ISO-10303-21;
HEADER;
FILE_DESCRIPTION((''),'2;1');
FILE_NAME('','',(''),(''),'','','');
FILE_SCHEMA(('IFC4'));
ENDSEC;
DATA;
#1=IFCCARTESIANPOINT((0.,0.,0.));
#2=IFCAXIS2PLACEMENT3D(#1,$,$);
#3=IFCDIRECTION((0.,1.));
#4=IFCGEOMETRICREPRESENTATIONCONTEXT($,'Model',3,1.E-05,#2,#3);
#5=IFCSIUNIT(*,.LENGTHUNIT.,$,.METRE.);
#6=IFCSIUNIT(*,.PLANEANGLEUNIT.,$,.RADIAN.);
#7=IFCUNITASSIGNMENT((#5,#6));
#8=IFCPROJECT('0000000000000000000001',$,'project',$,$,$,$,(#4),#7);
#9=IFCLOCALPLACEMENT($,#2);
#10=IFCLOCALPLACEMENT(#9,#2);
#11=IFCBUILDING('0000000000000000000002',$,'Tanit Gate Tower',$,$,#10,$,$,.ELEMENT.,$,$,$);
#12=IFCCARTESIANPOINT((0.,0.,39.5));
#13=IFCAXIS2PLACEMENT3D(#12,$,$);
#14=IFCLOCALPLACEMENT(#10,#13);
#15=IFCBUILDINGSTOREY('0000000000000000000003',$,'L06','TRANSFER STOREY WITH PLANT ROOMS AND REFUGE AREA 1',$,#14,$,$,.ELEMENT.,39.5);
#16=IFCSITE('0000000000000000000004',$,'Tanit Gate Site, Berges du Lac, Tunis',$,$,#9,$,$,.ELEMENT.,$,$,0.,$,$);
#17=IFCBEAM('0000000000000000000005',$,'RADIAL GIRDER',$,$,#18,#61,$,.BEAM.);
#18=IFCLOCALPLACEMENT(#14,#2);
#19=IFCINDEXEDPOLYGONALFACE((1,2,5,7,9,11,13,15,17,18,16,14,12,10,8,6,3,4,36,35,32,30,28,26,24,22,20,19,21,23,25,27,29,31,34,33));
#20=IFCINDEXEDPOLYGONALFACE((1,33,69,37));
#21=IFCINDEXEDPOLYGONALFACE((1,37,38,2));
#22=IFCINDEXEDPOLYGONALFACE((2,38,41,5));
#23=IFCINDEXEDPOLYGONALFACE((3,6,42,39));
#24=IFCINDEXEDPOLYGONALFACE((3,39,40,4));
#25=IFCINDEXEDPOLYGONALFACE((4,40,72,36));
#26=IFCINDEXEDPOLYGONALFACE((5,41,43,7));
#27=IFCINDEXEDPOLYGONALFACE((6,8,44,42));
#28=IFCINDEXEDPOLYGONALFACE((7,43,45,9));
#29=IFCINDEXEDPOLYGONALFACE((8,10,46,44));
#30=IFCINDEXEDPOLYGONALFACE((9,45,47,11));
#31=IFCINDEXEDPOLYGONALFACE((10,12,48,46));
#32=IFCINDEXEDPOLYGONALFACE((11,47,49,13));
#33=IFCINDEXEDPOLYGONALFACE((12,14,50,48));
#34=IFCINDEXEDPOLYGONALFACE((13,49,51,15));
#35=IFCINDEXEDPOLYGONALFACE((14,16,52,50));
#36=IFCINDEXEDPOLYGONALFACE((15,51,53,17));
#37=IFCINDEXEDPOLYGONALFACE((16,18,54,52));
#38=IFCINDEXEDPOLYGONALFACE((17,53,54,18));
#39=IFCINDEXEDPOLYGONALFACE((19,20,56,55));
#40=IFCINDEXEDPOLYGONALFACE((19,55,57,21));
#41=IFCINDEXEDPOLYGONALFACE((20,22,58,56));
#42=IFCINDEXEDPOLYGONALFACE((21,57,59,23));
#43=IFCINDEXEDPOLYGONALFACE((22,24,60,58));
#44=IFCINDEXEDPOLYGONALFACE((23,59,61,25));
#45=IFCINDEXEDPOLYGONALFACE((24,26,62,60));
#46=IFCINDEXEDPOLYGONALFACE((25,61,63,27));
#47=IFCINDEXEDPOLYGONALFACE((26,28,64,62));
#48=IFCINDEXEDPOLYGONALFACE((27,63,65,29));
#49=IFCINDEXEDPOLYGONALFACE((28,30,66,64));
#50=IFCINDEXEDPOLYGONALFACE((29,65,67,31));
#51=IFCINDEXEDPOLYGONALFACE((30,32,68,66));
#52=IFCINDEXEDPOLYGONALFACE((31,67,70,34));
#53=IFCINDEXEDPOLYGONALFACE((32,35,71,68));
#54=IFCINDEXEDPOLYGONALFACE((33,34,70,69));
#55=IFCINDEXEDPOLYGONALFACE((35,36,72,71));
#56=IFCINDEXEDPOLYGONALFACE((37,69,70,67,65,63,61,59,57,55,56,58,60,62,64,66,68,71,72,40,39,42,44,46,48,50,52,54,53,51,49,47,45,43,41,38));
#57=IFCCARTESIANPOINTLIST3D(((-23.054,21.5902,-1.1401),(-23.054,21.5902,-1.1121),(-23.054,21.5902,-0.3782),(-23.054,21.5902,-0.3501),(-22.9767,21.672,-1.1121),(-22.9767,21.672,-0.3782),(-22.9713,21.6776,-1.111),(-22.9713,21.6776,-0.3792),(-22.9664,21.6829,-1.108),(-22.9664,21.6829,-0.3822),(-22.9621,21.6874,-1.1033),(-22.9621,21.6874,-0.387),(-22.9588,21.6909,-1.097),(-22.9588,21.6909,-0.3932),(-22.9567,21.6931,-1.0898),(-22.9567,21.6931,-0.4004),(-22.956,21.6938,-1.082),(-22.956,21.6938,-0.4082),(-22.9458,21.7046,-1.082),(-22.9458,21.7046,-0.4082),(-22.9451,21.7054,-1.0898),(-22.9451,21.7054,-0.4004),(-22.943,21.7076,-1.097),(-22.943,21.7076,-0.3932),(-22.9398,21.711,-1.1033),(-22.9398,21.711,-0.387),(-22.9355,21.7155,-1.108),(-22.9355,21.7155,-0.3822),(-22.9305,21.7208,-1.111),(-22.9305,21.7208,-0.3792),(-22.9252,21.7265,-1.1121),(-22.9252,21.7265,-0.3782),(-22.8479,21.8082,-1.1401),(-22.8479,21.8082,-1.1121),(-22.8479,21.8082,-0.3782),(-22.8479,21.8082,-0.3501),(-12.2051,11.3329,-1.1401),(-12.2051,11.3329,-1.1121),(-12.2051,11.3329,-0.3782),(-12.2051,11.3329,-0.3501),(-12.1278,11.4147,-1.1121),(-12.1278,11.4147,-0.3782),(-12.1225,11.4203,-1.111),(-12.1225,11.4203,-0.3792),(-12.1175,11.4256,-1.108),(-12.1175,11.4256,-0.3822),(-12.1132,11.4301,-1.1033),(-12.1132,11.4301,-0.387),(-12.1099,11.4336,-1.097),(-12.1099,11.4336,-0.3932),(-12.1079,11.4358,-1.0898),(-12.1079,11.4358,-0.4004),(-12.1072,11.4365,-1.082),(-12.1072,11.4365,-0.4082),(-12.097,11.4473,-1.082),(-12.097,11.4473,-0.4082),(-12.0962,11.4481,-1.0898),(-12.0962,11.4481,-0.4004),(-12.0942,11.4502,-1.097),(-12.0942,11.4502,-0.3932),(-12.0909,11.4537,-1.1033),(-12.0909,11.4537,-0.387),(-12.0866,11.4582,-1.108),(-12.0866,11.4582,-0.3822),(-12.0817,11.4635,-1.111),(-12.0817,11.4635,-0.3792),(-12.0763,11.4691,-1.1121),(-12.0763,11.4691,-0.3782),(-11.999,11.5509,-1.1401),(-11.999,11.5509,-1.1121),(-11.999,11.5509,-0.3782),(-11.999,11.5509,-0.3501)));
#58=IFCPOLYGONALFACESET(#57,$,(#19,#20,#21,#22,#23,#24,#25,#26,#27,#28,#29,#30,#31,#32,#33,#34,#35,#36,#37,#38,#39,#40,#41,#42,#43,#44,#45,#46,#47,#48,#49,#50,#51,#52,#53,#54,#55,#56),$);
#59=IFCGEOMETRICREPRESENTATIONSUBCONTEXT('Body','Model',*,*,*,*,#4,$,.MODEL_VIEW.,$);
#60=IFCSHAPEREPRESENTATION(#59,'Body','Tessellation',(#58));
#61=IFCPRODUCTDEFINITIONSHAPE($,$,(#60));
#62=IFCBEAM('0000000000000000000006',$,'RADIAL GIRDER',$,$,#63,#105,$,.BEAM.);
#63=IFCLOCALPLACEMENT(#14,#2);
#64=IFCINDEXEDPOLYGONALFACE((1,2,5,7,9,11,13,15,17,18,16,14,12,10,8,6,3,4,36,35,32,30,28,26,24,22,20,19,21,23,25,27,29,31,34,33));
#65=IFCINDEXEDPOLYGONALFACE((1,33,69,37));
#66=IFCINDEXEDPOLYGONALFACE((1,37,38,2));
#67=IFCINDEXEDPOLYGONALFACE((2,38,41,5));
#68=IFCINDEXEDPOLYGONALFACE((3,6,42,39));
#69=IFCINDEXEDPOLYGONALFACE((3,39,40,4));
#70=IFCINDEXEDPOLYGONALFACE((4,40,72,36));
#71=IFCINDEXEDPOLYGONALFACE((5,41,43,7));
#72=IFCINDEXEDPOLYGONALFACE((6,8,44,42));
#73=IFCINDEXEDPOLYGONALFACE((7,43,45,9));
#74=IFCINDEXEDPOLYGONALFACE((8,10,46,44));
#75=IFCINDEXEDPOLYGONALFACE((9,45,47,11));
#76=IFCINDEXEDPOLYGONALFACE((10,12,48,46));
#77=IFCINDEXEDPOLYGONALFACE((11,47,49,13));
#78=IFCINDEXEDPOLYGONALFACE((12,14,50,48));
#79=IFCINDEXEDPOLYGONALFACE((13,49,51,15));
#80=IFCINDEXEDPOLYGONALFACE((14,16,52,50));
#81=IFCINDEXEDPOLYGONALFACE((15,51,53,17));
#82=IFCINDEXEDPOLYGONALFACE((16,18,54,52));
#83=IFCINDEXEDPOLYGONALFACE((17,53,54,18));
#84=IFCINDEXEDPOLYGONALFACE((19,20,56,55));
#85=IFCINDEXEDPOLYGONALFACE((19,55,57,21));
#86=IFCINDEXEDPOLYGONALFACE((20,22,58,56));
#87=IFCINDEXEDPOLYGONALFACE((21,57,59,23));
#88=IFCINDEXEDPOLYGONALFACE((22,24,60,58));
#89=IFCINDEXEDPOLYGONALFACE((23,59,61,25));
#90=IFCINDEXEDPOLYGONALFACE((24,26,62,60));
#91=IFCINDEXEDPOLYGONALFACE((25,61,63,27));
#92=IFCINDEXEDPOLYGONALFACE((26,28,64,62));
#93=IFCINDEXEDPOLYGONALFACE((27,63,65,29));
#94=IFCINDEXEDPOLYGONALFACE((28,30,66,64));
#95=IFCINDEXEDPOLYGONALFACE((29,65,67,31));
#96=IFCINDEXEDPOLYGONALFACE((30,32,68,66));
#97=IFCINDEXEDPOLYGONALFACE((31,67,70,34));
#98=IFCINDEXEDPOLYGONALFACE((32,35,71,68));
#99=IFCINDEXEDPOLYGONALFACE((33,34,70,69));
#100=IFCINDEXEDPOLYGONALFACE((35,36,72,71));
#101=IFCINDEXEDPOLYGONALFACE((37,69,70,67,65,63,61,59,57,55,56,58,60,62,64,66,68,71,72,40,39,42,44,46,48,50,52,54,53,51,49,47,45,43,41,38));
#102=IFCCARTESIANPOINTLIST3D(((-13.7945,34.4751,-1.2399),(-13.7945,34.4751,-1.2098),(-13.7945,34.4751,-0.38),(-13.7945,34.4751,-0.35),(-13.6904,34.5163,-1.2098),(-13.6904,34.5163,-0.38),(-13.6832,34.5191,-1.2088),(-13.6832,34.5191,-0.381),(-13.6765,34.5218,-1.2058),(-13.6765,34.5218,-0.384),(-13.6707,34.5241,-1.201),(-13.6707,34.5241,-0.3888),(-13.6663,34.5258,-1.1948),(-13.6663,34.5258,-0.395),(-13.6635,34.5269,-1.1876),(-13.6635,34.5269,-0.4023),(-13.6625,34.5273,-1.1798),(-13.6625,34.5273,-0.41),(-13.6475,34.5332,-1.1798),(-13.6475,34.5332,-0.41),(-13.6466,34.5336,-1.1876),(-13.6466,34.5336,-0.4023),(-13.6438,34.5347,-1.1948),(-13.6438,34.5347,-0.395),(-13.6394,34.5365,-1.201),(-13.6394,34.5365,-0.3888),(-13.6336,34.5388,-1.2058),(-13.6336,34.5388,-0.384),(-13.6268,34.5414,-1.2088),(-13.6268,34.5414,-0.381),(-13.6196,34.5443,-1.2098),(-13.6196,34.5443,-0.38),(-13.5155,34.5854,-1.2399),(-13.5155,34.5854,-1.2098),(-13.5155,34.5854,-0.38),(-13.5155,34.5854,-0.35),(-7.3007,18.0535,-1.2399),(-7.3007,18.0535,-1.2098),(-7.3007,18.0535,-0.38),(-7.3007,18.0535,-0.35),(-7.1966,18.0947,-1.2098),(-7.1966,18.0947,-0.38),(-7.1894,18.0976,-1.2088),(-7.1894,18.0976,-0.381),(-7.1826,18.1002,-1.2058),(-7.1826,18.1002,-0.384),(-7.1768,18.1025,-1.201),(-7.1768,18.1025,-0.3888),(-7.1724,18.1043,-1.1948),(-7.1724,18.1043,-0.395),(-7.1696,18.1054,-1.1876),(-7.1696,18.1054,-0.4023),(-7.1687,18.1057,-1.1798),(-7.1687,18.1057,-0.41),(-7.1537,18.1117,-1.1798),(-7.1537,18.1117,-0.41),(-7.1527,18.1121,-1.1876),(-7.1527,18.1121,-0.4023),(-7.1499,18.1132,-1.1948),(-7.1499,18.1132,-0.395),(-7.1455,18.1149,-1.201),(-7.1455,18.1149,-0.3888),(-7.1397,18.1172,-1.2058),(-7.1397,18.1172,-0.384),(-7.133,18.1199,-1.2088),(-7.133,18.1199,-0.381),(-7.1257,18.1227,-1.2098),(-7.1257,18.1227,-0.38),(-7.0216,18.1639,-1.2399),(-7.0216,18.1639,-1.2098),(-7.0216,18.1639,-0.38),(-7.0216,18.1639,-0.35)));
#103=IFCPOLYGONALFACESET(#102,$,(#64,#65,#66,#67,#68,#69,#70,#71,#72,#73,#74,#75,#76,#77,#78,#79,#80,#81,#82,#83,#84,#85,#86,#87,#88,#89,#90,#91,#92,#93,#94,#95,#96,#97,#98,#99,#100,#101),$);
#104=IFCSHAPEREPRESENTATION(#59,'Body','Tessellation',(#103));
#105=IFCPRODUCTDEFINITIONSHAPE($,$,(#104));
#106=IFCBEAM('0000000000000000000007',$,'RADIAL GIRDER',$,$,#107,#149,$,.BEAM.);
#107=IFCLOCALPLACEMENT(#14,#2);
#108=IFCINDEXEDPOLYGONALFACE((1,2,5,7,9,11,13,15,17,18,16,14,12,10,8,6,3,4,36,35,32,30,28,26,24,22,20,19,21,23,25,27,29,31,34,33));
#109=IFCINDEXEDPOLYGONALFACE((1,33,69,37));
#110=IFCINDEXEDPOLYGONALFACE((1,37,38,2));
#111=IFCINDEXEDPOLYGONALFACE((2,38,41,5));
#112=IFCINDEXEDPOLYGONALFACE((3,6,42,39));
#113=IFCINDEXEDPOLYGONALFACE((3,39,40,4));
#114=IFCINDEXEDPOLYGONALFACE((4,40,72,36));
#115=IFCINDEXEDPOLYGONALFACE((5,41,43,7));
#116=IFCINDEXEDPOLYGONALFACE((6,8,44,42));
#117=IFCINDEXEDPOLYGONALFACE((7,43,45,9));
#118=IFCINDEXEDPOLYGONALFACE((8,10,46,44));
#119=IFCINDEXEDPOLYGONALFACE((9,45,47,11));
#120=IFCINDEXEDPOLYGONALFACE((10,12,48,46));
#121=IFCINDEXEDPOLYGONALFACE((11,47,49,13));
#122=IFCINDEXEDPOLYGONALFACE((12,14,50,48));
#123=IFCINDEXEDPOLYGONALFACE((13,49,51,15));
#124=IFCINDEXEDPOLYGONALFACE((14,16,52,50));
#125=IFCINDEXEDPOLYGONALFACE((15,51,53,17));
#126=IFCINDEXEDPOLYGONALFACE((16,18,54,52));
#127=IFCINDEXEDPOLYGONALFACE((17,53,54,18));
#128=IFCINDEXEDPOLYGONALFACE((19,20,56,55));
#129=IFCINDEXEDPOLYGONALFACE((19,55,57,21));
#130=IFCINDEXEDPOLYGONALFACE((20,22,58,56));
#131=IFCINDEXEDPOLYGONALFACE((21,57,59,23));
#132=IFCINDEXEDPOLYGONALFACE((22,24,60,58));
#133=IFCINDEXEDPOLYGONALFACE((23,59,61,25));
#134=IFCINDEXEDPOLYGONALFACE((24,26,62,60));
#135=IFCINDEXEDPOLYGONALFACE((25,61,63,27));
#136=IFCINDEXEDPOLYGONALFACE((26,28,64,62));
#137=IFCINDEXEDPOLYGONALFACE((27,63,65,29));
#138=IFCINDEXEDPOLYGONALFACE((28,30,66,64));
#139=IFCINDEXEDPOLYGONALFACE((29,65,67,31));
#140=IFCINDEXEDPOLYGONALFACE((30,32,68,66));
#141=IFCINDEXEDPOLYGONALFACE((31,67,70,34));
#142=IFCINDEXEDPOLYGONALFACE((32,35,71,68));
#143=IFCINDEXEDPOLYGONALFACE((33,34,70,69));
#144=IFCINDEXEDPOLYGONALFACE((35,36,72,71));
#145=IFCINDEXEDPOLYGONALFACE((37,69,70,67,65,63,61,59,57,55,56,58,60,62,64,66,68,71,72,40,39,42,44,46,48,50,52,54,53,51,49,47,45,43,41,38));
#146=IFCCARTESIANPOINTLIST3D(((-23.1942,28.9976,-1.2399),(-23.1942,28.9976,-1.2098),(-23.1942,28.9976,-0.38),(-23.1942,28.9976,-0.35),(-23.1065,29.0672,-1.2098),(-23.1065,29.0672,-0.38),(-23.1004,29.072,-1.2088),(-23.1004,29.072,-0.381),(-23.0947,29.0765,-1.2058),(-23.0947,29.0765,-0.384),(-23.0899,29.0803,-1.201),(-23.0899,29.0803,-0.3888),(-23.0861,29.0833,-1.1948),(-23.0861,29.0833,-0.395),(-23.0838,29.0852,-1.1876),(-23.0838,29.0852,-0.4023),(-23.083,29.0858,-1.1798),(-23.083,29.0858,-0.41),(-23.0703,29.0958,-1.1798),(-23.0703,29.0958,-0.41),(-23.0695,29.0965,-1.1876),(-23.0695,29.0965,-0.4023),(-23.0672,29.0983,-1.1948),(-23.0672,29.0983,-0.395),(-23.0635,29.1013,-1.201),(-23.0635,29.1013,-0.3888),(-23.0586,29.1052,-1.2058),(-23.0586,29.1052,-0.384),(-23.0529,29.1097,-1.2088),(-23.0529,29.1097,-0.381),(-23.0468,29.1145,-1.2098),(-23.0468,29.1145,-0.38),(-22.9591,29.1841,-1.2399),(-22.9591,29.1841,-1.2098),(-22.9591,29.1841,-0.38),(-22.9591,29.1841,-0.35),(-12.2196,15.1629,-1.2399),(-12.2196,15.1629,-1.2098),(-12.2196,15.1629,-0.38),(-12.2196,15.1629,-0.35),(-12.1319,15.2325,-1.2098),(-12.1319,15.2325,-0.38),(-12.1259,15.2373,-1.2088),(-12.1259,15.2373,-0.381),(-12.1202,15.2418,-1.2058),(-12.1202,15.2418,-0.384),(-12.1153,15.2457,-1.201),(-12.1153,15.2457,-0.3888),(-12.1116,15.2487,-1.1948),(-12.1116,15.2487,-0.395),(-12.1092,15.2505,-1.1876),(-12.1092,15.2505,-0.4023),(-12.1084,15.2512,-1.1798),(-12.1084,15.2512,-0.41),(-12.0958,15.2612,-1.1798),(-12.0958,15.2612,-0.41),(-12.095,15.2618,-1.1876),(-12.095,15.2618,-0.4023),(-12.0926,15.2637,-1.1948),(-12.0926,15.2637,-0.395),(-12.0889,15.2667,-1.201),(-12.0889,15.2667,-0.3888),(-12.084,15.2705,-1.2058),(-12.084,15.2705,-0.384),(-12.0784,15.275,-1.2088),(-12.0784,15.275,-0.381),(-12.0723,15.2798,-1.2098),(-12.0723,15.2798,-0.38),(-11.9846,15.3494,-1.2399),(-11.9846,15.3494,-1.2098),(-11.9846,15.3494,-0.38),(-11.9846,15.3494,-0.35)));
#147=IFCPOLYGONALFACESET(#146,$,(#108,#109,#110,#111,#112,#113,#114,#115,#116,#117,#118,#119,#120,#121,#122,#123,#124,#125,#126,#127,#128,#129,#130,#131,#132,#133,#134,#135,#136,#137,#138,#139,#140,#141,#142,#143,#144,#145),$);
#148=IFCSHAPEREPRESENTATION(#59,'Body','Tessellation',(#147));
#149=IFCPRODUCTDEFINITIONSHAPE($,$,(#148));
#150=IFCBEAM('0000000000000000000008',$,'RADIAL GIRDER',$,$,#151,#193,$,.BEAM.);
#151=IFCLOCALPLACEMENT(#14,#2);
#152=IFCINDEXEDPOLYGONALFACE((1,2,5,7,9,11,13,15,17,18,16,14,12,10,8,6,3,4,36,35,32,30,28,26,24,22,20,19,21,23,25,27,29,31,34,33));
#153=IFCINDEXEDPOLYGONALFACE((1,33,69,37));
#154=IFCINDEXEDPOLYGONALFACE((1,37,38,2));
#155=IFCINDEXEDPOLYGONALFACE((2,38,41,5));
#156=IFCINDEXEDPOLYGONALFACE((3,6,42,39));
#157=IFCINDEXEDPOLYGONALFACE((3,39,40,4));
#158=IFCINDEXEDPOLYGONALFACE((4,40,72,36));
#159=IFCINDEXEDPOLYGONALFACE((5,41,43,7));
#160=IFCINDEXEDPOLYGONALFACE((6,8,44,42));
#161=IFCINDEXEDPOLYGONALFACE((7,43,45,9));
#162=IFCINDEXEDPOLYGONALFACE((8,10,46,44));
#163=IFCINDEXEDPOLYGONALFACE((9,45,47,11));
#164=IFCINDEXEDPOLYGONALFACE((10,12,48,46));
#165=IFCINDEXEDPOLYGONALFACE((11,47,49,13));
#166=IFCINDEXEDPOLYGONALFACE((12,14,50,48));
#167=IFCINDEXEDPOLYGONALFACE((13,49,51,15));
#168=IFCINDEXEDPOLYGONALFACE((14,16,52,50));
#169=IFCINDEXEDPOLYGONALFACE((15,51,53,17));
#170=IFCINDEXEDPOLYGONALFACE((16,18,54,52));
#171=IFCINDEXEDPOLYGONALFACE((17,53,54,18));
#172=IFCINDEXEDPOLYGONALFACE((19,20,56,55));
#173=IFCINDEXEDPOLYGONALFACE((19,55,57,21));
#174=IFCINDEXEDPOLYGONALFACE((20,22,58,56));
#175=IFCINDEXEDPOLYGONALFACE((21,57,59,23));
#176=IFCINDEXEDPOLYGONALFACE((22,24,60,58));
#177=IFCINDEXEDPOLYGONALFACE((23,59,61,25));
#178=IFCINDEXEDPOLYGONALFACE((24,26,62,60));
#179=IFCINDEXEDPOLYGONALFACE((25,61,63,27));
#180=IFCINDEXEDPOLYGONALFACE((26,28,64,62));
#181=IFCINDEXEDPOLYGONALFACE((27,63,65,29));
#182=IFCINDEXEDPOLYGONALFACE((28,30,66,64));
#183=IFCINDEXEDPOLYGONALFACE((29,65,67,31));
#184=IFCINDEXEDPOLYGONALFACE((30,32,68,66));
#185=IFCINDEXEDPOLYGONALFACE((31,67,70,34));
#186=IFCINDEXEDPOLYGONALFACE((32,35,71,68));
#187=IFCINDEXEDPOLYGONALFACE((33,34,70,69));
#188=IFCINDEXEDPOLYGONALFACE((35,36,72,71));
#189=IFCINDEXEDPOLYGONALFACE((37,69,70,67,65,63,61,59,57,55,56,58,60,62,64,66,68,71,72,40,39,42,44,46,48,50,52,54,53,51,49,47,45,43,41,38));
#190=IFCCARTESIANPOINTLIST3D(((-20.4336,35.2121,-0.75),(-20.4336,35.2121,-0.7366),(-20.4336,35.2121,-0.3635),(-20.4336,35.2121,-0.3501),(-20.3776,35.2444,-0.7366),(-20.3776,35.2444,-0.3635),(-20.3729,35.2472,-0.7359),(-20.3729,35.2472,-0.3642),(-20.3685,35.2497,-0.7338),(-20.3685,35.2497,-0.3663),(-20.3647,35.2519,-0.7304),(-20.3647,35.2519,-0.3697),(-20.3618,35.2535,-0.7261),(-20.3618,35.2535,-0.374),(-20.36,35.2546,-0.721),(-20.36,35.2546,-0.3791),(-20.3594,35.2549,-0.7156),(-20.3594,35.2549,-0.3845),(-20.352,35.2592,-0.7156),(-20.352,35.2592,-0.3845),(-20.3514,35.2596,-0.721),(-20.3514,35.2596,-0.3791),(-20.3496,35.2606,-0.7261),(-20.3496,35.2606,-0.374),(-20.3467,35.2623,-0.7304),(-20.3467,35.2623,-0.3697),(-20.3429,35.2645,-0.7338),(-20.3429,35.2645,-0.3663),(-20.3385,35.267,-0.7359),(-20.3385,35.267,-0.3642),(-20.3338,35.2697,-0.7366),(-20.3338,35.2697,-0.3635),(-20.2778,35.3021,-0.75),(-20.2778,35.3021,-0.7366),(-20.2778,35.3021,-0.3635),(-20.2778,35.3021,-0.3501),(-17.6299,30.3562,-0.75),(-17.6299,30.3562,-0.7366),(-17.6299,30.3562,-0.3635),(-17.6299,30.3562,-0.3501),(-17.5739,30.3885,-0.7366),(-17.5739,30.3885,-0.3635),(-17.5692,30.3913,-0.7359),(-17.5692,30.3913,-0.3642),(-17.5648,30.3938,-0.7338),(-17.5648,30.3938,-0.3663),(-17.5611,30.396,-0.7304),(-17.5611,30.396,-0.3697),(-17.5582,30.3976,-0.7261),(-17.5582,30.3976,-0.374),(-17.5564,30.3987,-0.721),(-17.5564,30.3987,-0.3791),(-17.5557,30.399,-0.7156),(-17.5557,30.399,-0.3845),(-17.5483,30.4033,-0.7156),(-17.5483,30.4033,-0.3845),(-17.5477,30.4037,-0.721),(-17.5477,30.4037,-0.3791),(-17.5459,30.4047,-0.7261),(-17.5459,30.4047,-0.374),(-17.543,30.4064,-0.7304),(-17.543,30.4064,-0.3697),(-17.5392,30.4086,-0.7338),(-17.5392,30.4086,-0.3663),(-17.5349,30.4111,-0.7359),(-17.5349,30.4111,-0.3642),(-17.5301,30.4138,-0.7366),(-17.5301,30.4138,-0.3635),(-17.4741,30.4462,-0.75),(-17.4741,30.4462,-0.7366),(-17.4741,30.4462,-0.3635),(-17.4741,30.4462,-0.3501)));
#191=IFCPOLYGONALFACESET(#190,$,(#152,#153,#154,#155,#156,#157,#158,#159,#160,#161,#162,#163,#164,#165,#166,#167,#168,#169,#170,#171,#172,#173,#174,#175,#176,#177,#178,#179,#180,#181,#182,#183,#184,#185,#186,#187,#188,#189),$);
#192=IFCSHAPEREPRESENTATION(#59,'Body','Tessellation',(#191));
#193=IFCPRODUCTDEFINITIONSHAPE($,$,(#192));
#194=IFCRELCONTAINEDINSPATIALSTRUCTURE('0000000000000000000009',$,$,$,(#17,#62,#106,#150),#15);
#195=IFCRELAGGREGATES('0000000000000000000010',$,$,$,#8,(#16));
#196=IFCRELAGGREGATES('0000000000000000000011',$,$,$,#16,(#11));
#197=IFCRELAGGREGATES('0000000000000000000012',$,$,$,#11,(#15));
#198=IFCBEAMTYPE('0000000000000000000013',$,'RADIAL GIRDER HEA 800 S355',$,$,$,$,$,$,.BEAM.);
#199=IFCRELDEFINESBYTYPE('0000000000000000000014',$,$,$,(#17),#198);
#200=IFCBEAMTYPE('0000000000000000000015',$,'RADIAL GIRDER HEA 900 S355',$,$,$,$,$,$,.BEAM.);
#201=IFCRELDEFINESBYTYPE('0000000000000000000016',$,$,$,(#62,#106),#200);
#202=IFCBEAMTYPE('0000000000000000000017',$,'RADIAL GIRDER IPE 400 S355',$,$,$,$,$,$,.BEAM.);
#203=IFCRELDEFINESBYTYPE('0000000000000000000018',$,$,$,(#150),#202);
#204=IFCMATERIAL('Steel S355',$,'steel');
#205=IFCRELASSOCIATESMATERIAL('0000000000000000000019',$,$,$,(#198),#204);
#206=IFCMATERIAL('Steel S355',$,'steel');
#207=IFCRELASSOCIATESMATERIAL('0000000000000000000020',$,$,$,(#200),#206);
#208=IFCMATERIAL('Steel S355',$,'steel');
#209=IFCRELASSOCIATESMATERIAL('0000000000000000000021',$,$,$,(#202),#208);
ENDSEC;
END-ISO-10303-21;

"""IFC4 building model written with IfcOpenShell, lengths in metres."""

from ifc_helpers import new_model, si_unit, direction, frame, origin, origin_2d, place, context, subcontext, project, spatial, i_section, extrude, material, material_profile, profile_set, type_object, element, save


model = new_model("IFC4")

# Units and contexts
model_context = context("Model", 3, precision=1e-05, world=origin(), true_north=direction((0.0, 1.0)))
body_context = subcontext(model_context, "Body", "Model", "MODEL_VIEW")
ifc_project = project(units=[si_unit("LENGTHUNIT", "METRE"), si_unit("PLANEANGLEUNIT", "RADIAN")], contexts=[model_context])

# Site, building, storey
site_placement = place(None, origin())
site = spatial("IfcSite", under=ifc_project, at=site_placement, Name="Tanit Gate Site, Berges du Lac, Tunis", CompositionType="ELEMENT", RefElevation=0.0)
building_placement = place(site_placement, origin())
building = spatial("IfcBuilding", under=site, at=building_placement, Name="Tanit Gate Tower", CompositionType="ELEMENT")
storey_placement = place(building_placement, frame((0.0, 0.0, 39.5)))
storey = spatial("IfcBuildingStorey", under=building, at=storey_placement, Name="L06", Description="TRANSFER STOREY WITH PLANT ROOMS AND REFUGE AREA 1", CompositionType="ELEMENT", Elevation=39.5)

# Beams
ifc_material_1 = material(Name="Steel S355", Category="steel")
ifc_material_profile_1 = material_profile(ifc_material_1, i_section(OverallWidth=0.3, OverallDepth=0.79, WebThickness=0.0149, FlangeThickness=0.0281, FilletRadius=0.03, at=origin_2d()), Name="HEA 800")
ifc_profile_set_1 = profile_set([ifc_material_profile_1], Name="Steel S355")
beam_type_1 = type_object("IfcBeamType", Name="RADIAL GIRDER HEA 800 S355", PredefinedType="BEAM", material=ifc_profile_set_1)
beam_1_placement = place(storey_placement, frame((-22.9509, 21.6992, -0.7451), z_axis=(0.72664, -0.687019, 0.0), x_axis=(0.687019, 0.72664, 0.0)))
element("IfcBeam", 1, at=beam_1_placement, inside=storey, type_object=beam_type_1, Name="RADIAL GIRDER", PredefinedType="BEAM", context=body_context, shape_type="SweptSolid", body=[
    extrude(i_section(OverallWidth=0.3, OverallDepth=0.79, WebThickness=0.0149, FlangeThickness=0.0281, FilletRadius=0.03, at=origin_2d()), origin(), (0.0, 0.0, 1.0), 14.9302),
])
ifc_material_2 = material(Name="Steel S355", Category="steel")
ifc_material_profile_2 = material_profile(ifc_material_2, i_section(OverallWidth=0.3, OverallDepth=0.8899, WebThickness=0.0161, FlangeThickness=0.03, FilletRadius=0.03, at=origin_2d()), Name="HEA 900")
ifc_profile_set_2 = profile_set([ifc_material_profile_2], Name="Steel S355")
beam_type_2 = type_object("IfcBeamType", Name="RADIAL GIRDER HEA 900 S355", PredefinedType="BEAM", material=ifc_profile_set_2)
for number, where, z_axis, x_axis, name in (
    (2, (-13.655, 34.5303, -0.7949), (0.367738, -0.929929, 0.0), (0.929929, 0.367738, 0.0), "RADIAL GIRDER"),
    (3, (-23.0767, 29.0908, -0.7949), (0.621473, -0.783436, 0.0), (0.783436, 0.621473, 0.0), "RADIAL GIRDER"),
):
    element("IfcBeam", number, at=place(storey_placement, frame(where, z_axis=z_axis, x_axis=x_axis)), inside=storey, type_object=beam_type_2, Name=name, PredefinedType="BEAM", context=body_context, shape_type="SweptSolid", body=[
        extrude(i_section(OverallWidth=0.3, OverallDepth=0.8899, WebThickness=0.0161, FlangeThickness=0.03, FilletRadius=0.03, at=origin_2d()), origin(), (0.0, 0.0, 1.0), 17.6589),
    ])
ifc_material_3 = material(Name="Steel S355", Category="steel")
ifc_material_profile_3 = material_profile(ifc_material_3, i_section(OverallWidth=0.1799, OverallDepth=0.3999, WebThickness=0.0085, FlangeThickness=0.0134, FilletRadius=0.021, at=origin_2d()), Name="IPE 400")
ifc_profile_set_3 = profile_set([ifc_material_profile_3], Name="Steel S355")
beam_type_3 = type_object("IfcBeamType", Name="RADIAL GIRDER IPE 400 S355", PredefinedType="BEAM", material=ifc_profile_set_3)
beam_2_placement = place(storey_placement, frame((-20.3557, 35.2571, -0.55), z_axis=(0.500016, -0.866016, 0.0), x_axis=(0.866016, 0.500016, 0.0)))
element("IfcBeam", 4, at=beam_2_placement, inside=storey, type_object=beam_type_3, Name="RADIAL GIRDER", PredefinedType="BEAM", context=body_context, shape_type="SweptSolid", body=[
    extrude(i_section(OverallWidth=0.1799, OverallDepth=0.3999, WebThickness=0.0085, FlangeThickness=0.0134, FilletRadius=0.021, at=origin_2d()), origin(), (0.0, 0.0, 1.0), 5.6072),
])

save(model, "model.ifc")
